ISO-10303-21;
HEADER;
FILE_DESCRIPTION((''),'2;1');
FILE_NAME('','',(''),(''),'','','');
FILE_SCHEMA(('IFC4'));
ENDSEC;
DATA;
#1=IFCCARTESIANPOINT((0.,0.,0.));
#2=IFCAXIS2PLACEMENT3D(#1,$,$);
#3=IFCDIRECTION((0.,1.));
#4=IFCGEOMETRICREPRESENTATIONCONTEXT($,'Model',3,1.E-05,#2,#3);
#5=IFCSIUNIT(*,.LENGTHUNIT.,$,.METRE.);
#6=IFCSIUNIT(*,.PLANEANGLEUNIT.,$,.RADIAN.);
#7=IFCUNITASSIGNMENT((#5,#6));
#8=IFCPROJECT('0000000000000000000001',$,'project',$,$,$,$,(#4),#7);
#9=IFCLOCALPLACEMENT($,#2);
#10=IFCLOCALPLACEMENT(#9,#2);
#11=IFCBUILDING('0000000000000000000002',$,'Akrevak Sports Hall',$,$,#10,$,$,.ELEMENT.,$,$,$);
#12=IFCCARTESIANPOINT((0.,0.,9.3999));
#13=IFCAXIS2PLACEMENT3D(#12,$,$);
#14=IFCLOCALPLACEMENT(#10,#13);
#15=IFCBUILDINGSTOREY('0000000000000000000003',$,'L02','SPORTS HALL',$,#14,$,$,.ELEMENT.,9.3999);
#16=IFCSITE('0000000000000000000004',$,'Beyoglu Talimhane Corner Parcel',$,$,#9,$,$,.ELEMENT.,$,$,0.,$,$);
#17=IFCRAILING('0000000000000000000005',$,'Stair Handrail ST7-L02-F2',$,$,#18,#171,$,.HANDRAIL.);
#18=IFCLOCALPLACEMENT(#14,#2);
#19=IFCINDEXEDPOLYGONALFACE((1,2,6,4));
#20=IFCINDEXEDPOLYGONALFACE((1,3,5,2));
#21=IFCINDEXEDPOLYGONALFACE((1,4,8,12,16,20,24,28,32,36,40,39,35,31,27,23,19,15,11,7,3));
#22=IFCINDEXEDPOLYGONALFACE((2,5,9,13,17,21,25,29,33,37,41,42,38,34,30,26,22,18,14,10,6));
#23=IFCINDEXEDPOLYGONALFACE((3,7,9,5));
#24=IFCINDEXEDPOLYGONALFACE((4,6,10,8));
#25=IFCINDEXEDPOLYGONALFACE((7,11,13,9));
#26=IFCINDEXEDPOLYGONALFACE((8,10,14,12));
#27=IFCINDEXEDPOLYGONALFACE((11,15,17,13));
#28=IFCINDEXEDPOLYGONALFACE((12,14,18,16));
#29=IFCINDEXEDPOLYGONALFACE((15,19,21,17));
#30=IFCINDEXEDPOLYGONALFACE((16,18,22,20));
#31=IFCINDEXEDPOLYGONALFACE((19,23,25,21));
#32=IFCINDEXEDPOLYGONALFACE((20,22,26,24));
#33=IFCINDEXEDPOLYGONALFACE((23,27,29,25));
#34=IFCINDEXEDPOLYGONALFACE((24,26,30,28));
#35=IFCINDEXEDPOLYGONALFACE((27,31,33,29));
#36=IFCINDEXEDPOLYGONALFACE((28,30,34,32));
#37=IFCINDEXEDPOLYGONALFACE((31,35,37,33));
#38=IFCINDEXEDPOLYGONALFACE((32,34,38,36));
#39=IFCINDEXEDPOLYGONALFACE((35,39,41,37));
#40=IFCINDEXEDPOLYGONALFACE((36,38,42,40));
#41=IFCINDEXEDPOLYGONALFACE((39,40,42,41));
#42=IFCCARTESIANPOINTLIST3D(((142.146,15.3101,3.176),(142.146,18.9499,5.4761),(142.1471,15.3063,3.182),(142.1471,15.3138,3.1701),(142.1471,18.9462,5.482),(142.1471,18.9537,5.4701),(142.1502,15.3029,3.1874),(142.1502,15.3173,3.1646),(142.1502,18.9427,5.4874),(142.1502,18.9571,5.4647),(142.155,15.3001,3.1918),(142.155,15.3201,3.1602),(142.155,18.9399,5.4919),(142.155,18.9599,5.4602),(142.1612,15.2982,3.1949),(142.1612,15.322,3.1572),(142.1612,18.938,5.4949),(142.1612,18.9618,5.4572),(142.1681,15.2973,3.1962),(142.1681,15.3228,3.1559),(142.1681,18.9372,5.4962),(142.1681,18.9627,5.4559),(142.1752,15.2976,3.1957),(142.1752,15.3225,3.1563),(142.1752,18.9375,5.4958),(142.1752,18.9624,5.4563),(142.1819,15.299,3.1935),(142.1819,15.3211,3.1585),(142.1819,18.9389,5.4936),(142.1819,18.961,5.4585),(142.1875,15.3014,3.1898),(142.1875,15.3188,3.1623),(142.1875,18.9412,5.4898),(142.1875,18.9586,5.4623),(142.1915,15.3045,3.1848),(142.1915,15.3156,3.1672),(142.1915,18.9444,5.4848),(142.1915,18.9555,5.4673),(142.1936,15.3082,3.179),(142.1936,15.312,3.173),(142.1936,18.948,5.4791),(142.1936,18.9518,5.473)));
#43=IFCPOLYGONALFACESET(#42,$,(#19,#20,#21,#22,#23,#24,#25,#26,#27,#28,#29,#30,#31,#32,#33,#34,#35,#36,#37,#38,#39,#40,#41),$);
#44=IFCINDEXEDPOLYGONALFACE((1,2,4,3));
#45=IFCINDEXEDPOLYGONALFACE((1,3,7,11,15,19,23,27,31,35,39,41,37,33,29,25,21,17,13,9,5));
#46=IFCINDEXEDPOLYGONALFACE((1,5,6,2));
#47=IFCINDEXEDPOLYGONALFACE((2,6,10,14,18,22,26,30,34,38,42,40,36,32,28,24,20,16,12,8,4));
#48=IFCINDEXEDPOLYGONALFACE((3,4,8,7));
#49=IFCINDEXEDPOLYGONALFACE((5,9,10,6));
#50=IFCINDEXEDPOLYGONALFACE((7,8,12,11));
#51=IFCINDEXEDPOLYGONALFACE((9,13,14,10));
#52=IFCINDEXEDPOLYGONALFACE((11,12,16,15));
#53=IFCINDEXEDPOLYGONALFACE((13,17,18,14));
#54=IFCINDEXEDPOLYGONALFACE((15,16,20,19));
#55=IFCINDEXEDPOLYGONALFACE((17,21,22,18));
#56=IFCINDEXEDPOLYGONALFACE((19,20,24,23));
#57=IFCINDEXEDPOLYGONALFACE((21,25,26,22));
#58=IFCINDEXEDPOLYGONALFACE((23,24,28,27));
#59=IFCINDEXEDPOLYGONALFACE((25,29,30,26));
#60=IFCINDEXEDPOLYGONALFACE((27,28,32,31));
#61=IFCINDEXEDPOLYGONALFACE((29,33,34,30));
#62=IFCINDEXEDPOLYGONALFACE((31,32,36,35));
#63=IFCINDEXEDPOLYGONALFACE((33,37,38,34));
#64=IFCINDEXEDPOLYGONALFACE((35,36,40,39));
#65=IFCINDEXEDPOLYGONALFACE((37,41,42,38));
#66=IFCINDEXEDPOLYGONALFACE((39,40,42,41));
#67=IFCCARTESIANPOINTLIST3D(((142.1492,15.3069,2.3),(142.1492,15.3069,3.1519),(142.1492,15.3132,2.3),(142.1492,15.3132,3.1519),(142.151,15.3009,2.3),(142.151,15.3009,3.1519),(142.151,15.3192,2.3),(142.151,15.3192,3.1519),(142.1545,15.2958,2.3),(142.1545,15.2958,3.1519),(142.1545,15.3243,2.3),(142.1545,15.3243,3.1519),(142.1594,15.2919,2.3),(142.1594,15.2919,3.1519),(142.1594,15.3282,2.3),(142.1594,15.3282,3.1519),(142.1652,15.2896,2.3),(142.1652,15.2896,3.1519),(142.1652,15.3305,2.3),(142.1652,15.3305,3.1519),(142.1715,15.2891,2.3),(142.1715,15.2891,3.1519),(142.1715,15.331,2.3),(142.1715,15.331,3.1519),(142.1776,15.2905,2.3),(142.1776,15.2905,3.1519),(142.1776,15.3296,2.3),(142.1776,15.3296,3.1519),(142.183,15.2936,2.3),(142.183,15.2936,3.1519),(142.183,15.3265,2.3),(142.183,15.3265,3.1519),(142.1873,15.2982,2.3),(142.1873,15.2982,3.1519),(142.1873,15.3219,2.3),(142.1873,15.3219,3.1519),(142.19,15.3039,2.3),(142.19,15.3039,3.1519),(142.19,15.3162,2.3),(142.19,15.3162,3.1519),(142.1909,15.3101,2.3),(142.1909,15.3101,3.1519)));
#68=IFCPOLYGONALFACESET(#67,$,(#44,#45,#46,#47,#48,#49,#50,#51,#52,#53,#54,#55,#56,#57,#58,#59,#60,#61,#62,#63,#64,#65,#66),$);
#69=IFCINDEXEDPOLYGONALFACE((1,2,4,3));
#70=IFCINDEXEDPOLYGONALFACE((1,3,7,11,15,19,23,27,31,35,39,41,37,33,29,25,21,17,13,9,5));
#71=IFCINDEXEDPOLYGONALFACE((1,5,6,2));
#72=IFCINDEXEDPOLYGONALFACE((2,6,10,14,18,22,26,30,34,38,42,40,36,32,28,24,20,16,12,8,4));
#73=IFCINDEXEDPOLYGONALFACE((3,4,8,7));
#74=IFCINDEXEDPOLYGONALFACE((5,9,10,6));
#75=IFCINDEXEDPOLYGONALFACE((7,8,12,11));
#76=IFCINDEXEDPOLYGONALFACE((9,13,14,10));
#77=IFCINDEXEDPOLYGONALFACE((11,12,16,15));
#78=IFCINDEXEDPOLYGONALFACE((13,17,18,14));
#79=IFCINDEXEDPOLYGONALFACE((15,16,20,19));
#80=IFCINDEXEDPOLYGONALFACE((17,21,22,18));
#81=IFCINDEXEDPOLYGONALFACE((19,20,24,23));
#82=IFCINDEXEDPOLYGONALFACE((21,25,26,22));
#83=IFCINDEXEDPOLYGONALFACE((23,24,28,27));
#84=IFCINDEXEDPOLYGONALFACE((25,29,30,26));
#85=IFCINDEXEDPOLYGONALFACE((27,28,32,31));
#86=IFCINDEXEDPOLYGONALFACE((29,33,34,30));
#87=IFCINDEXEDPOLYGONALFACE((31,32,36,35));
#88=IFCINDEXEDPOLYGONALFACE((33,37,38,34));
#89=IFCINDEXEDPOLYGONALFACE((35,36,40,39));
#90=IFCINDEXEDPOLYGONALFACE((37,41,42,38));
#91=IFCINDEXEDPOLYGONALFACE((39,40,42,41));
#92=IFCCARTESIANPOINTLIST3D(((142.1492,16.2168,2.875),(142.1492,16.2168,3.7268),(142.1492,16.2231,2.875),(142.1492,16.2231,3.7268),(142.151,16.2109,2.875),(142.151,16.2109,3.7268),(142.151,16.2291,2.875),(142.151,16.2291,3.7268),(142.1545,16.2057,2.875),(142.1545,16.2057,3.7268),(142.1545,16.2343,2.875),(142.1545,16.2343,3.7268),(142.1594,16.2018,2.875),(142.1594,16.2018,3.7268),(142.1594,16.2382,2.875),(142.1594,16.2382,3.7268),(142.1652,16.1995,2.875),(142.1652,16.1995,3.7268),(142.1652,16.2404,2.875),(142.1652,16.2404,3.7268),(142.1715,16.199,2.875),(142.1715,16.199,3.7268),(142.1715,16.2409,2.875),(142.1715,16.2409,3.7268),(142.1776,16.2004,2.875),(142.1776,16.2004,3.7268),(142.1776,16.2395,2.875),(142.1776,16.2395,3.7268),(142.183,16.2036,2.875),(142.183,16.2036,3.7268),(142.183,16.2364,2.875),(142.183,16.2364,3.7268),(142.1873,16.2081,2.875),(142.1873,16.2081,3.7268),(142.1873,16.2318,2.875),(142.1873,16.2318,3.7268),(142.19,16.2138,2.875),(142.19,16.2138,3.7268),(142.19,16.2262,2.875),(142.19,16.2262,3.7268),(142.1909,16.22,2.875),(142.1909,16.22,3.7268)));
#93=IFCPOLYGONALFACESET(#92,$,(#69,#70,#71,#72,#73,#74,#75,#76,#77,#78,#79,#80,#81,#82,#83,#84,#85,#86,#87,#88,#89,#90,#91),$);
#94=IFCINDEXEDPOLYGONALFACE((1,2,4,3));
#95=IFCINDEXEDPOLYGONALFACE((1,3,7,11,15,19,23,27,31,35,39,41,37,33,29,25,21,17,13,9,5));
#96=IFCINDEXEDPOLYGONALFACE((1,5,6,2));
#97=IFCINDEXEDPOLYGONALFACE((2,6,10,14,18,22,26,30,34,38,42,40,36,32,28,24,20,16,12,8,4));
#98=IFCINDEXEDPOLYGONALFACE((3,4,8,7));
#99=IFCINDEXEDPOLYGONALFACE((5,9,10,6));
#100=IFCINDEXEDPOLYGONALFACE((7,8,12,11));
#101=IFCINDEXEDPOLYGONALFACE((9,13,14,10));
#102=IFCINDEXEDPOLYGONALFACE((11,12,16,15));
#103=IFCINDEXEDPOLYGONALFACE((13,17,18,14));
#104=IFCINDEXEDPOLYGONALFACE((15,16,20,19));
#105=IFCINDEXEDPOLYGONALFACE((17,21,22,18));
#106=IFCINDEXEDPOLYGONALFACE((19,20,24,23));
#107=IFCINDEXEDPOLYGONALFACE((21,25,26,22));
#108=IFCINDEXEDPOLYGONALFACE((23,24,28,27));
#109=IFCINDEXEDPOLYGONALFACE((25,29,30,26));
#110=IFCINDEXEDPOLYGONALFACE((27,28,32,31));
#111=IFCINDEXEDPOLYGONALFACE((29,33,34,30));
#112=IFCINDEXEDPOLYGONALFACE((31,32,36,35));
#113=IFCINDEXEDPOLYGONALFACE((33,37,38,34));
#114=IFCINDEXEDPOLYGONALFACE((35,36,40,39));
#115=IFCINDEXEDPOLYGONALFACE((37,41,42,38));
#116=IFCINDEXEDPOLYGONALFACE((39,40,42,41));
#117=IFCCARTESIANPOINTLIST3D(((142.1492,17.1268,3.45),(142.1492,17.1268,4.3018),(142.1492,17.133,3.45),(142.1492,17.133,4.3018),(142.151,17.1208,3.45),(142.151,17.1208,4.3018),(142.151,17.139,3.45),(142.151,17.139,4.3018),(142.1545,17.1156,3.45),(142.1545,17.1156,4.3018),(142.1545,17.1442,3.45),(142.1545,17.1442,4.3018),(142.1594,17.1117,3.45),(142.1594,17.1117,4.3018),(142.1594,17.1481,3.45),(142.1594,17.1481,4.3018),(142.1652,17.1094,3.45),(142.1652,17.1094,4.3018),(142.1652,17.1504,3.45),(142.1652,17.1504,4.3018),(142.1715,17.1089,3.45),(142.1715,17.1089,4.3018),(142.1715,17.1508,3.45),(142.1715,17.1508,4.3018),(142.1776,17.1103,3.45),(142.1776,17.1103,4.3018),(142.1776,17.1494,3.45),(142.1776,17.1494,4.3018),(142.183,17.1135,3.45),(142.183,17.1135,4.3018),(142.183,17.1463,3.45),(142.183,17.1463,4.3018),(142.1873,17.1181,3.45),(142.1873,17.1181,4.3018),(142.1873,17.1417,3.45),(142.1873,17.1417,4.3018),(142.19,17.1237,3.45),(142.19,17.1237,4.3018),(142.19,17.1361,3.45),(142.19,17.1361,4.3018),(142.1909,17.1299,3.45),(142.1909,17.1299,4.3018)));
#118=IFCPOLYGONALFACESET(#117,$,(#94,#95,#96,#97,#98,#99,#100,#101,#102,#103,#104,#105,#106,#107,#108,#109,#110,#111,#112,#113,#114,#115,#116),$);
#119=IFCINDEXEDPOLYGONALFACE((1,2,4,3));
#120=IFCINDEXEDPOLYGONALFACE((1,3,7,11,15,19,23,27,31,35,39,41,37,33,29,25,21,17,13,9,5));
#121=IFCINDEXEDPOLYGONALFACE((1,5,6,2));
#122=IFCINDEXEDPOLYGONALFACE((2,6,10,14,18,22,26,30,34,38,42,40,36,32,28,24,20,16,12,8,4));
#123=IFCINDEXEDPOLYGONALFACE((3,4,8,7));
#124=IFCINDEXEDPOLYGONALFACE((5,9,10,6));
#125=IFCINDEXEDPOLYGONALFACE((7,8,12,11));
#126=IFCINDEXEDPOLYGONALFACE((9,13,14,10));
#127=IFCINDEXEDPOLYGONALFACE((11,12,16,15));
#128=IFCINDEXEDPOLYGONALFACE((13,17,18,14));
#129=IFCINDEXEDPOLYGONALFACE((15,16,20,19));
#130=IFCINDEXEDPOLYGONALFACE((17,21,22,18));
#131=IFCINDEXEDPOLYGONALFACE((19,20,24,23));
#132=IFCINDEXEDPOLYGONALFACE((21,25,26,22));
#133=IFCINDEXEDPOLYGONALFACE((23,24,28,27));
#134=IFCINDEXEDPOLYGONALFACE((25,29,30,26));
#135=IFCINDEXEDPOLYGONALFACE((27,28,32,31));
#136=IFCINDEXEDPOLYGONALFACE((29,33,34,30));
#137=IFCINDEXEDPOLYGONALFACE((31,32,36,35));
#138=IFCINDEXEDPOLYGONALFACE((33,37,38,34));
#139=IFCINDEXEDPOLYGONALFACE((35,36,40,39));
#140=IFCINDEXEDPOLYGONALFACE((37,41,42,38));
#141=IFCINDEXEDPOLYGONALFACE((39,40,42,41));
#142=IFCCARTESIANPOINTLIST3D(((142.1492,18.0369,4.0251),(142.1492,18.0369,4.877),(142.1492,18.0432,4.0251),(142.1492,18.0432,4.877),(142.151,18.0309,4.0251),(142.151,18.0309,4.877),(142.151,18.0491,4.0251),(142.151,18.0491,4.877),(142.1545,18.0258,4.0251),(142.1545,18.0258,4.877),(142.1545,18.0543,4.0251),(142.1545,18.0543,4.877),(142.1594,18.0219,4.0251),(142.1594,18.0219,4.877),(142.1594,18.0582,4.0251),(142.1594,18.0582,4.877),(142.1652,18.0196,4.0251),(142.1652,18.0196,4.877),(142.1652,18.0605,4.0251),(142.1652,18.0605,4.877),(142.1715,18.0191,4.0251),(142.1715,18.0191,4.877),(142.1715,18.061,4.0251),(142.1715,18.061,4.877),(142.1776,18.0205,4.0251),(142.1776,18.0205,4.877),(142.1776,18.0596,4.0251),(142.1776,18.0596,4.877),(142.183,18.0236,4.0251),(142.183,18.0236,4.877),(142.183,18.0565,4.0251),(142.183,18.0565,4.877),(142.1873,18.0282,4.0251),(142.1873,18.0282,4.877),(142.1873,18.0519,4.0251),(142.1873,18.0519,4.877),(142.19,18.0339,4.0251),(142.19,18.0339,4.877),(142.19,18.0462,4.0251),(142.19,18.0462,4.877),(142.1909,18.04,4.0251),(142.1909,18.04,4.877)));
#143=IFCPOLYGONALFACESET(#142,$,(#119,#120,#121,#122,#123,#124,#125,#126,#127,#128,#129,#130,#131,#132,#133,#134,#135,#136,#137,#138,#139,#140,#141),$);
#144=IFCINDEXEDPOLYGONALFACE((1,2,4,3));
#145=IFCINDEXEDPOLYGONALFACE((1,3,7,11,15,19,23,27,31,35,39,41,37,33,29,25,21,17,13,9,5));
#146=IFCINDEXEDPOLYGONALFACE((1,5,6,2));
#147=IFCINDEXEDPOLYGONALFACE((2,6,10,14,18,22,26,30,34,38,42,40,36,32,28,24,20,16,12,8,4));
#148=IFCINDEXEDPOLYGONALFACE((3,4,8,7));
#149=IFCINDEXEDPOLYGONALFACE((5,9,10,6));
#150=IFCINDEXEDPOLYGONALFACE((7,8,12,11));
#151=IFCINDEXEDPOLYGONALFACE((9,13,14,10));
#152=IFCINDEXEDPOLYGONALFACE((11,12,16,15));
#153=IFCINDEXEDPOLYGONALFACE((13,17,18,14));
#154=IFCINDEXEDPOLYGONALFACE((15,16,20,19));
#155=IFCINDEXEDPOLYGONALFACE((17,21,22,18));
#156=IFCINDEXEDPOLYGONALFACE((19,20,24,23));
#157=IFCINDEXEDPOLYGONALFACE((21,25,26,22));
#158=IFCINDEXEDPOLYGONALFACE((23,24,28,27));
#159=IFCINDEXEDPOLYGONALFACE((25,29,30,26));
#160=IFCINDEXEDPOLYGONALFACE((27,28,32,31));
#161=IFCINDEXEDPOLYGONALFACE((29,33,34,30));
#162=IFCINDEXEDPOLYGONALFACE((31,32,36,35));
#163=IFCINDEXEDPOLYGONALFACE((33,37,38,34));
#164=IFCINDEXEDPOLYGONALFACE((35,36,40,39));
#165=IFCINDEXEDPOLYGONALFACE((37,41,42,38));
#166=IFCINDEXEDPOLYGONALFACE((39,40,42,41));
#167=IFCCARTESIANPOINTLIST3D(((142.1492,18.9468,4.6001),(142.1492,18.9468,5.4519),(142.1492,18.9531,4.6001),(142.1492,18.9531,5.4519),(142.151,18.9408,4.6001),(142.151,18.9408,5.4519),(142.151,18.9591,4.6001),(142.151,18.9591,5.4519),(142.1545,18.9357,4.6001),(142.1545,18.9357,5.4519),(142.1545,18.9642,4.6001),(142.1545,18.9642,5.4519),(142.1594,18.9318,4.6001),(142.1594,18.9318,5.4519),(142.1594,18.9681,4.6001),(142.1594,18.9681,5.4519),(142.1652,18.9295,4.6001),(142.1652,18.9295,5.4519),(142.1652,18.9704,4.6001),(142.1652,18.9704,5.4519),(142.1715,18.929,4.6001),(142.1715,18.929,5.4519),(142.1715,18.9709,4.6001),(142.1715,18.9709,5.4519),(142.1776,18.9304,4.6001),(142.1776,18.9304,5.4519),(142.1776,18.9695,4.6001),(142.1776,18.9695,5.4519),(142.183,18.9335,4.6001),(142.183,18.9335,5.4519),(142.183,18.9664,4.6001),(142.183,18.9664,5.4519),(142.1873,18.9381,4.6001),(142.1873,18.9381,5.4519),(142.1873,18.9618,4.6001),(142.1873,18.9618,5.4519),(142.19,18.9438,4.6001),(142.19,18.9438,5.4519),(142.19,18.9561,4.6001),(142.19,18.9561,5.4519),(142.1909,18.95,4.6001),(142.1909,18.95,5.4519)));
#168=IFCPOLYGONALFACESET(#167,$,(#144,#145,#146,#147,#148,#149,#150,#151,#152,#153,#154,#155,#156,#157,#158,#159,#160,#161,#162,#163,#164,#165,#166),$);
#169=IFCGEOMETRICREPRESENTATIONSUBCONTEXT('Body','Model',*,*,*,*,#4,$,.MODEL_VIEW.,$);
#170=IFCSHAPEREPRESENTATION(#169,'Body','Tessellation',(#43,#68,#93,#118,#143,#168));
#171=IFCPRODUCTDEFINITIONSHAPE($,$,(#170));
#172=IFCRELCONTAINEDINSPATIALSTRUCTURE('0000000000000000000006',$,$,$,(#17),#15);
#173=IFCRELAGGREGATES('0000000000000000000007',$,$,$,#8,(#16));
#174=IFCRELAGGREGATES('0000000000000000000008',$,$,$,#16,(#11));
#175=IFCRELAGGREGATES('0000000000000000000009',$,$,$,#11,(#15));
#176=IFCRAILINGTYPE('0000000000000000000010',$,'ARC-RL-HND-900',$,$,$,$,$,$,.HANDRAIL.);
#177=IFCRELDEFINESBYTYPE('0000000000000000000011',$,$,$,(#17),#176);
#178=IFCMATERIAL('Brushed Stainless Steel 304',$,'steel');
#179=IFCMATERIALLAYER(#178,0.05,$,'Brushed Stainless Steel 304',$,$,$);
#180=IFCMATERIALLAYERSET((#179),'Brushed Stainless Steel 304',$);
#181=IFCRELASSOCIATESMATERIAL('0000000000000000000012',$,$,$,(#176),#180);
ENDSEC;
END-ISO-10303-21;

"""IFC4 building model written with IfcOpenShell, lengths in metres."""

from ifc_helpers import new_model, si_unit, direction, frame, origin, origin_2d, place, context, subcontext, project, spatial, circle, extrude, material, layer, layer_set, type_object, element, save


model = new_model("IFC4")

# Units and contexts
model_context = context("Model", 3, precision=1e-05, world=origin(), true_north=direction((0.0, 1.0)))
body_context = subcontext(model_context, "Body", "Model", "MODEL_VIEW")
ifc_project = project(units=[si_unit("LENGTHUNIT", "METRE"), si_unit("PLANEANGLEUNIT", "RADIAN")], contexts=[model_context])

# Site, building, storey
site_placement = place(None, origin())
site = spatial("IfcSite", under=ifc_project, at=site_placement, Name="Beyoglu Talimhane Corner Parcel", CompositionType="ELEMENT", RefElevation=0.0)
building_placement = place(site_placement, origin())
building = spatial("IfcBuilding", under=site, at=building_placement, Name="Akrevak Sports Hall", CompositionType="ELEMENT")
storey_placement = place(building_placement, frame((0.0, 0.0, 9.3999)))
storey = spatial("IfcBuildingStorey", under=building, at=storey_placement, Name="L02", Description="SPORTS HALL", CompositionType="ELEMENT", Elevation=9.3999)

# Railing
ifc_material_1 = material(Name="Brushed Stainless Steel 304", Category="steel")
ifc_layer_1 = layer(ifc_material_1, 0.05, Name="Brushed Stainless Steel 304")
ifc_layer_set_1 = layer_set([ifc_layer_1], Name="Brushed Stainless Steel 304")
railing_type_1 = type_object("IfcRailingType", Name="ARC-RL-HND-900", PredefinedType="HANDRAIL", material=ifc_layer_set_1)
railing_1_placement = place(storey_placement, frame((142.1699, 15.3101, 2.3)))
element("IfcRailing", 1, at=railing_1_placement, inside=storey, type_object=railing_type_1, Name="Stair Handrail ST7-L02-F2", PredefinedType="HANDRAIL", context=body_context, shape_type="SweptSolid", body=[
    extrude(circle(Radius=0.0239, at=origin_2d()), frame((0.0, 0.0, 0.876), z_axis=(0.0, 0.845366, 0.534187), x_axis=(-1.0, 0.0, 0.0)), (0.0, 0.0, 1.0), 4.3057),
    extrude(circle(Radius=0.021, at=origin_2d()), origin(), (0.0, 0.0, 1.0), 0.8518),
    extrude(circle(Radius=0.021, at=origin_2d()), frame((0.0, 0.9099, 0.575)), (0.0, 0.0, 1.0), 0.8518),
    extrude(circle(Radius=0.021, at=origin_2d()), frame((0.0, 1.8198, 1.1499)), (0.0, 0.0, 1.0), 0.8518),
    extrude(circle(Radius=0.021, at=origin_2d()), frame((0.0, 2.73, 1.7251)), (0.0, 0.0, 1.0), 0.8518),
    extrude(circle(Radius=0.021, at=origin_2d()), frame((0.0, 3.6399, 2.3)), (0.0, 0.0, 1.0), 0.8518),
])

save(model, "model.ifc")
